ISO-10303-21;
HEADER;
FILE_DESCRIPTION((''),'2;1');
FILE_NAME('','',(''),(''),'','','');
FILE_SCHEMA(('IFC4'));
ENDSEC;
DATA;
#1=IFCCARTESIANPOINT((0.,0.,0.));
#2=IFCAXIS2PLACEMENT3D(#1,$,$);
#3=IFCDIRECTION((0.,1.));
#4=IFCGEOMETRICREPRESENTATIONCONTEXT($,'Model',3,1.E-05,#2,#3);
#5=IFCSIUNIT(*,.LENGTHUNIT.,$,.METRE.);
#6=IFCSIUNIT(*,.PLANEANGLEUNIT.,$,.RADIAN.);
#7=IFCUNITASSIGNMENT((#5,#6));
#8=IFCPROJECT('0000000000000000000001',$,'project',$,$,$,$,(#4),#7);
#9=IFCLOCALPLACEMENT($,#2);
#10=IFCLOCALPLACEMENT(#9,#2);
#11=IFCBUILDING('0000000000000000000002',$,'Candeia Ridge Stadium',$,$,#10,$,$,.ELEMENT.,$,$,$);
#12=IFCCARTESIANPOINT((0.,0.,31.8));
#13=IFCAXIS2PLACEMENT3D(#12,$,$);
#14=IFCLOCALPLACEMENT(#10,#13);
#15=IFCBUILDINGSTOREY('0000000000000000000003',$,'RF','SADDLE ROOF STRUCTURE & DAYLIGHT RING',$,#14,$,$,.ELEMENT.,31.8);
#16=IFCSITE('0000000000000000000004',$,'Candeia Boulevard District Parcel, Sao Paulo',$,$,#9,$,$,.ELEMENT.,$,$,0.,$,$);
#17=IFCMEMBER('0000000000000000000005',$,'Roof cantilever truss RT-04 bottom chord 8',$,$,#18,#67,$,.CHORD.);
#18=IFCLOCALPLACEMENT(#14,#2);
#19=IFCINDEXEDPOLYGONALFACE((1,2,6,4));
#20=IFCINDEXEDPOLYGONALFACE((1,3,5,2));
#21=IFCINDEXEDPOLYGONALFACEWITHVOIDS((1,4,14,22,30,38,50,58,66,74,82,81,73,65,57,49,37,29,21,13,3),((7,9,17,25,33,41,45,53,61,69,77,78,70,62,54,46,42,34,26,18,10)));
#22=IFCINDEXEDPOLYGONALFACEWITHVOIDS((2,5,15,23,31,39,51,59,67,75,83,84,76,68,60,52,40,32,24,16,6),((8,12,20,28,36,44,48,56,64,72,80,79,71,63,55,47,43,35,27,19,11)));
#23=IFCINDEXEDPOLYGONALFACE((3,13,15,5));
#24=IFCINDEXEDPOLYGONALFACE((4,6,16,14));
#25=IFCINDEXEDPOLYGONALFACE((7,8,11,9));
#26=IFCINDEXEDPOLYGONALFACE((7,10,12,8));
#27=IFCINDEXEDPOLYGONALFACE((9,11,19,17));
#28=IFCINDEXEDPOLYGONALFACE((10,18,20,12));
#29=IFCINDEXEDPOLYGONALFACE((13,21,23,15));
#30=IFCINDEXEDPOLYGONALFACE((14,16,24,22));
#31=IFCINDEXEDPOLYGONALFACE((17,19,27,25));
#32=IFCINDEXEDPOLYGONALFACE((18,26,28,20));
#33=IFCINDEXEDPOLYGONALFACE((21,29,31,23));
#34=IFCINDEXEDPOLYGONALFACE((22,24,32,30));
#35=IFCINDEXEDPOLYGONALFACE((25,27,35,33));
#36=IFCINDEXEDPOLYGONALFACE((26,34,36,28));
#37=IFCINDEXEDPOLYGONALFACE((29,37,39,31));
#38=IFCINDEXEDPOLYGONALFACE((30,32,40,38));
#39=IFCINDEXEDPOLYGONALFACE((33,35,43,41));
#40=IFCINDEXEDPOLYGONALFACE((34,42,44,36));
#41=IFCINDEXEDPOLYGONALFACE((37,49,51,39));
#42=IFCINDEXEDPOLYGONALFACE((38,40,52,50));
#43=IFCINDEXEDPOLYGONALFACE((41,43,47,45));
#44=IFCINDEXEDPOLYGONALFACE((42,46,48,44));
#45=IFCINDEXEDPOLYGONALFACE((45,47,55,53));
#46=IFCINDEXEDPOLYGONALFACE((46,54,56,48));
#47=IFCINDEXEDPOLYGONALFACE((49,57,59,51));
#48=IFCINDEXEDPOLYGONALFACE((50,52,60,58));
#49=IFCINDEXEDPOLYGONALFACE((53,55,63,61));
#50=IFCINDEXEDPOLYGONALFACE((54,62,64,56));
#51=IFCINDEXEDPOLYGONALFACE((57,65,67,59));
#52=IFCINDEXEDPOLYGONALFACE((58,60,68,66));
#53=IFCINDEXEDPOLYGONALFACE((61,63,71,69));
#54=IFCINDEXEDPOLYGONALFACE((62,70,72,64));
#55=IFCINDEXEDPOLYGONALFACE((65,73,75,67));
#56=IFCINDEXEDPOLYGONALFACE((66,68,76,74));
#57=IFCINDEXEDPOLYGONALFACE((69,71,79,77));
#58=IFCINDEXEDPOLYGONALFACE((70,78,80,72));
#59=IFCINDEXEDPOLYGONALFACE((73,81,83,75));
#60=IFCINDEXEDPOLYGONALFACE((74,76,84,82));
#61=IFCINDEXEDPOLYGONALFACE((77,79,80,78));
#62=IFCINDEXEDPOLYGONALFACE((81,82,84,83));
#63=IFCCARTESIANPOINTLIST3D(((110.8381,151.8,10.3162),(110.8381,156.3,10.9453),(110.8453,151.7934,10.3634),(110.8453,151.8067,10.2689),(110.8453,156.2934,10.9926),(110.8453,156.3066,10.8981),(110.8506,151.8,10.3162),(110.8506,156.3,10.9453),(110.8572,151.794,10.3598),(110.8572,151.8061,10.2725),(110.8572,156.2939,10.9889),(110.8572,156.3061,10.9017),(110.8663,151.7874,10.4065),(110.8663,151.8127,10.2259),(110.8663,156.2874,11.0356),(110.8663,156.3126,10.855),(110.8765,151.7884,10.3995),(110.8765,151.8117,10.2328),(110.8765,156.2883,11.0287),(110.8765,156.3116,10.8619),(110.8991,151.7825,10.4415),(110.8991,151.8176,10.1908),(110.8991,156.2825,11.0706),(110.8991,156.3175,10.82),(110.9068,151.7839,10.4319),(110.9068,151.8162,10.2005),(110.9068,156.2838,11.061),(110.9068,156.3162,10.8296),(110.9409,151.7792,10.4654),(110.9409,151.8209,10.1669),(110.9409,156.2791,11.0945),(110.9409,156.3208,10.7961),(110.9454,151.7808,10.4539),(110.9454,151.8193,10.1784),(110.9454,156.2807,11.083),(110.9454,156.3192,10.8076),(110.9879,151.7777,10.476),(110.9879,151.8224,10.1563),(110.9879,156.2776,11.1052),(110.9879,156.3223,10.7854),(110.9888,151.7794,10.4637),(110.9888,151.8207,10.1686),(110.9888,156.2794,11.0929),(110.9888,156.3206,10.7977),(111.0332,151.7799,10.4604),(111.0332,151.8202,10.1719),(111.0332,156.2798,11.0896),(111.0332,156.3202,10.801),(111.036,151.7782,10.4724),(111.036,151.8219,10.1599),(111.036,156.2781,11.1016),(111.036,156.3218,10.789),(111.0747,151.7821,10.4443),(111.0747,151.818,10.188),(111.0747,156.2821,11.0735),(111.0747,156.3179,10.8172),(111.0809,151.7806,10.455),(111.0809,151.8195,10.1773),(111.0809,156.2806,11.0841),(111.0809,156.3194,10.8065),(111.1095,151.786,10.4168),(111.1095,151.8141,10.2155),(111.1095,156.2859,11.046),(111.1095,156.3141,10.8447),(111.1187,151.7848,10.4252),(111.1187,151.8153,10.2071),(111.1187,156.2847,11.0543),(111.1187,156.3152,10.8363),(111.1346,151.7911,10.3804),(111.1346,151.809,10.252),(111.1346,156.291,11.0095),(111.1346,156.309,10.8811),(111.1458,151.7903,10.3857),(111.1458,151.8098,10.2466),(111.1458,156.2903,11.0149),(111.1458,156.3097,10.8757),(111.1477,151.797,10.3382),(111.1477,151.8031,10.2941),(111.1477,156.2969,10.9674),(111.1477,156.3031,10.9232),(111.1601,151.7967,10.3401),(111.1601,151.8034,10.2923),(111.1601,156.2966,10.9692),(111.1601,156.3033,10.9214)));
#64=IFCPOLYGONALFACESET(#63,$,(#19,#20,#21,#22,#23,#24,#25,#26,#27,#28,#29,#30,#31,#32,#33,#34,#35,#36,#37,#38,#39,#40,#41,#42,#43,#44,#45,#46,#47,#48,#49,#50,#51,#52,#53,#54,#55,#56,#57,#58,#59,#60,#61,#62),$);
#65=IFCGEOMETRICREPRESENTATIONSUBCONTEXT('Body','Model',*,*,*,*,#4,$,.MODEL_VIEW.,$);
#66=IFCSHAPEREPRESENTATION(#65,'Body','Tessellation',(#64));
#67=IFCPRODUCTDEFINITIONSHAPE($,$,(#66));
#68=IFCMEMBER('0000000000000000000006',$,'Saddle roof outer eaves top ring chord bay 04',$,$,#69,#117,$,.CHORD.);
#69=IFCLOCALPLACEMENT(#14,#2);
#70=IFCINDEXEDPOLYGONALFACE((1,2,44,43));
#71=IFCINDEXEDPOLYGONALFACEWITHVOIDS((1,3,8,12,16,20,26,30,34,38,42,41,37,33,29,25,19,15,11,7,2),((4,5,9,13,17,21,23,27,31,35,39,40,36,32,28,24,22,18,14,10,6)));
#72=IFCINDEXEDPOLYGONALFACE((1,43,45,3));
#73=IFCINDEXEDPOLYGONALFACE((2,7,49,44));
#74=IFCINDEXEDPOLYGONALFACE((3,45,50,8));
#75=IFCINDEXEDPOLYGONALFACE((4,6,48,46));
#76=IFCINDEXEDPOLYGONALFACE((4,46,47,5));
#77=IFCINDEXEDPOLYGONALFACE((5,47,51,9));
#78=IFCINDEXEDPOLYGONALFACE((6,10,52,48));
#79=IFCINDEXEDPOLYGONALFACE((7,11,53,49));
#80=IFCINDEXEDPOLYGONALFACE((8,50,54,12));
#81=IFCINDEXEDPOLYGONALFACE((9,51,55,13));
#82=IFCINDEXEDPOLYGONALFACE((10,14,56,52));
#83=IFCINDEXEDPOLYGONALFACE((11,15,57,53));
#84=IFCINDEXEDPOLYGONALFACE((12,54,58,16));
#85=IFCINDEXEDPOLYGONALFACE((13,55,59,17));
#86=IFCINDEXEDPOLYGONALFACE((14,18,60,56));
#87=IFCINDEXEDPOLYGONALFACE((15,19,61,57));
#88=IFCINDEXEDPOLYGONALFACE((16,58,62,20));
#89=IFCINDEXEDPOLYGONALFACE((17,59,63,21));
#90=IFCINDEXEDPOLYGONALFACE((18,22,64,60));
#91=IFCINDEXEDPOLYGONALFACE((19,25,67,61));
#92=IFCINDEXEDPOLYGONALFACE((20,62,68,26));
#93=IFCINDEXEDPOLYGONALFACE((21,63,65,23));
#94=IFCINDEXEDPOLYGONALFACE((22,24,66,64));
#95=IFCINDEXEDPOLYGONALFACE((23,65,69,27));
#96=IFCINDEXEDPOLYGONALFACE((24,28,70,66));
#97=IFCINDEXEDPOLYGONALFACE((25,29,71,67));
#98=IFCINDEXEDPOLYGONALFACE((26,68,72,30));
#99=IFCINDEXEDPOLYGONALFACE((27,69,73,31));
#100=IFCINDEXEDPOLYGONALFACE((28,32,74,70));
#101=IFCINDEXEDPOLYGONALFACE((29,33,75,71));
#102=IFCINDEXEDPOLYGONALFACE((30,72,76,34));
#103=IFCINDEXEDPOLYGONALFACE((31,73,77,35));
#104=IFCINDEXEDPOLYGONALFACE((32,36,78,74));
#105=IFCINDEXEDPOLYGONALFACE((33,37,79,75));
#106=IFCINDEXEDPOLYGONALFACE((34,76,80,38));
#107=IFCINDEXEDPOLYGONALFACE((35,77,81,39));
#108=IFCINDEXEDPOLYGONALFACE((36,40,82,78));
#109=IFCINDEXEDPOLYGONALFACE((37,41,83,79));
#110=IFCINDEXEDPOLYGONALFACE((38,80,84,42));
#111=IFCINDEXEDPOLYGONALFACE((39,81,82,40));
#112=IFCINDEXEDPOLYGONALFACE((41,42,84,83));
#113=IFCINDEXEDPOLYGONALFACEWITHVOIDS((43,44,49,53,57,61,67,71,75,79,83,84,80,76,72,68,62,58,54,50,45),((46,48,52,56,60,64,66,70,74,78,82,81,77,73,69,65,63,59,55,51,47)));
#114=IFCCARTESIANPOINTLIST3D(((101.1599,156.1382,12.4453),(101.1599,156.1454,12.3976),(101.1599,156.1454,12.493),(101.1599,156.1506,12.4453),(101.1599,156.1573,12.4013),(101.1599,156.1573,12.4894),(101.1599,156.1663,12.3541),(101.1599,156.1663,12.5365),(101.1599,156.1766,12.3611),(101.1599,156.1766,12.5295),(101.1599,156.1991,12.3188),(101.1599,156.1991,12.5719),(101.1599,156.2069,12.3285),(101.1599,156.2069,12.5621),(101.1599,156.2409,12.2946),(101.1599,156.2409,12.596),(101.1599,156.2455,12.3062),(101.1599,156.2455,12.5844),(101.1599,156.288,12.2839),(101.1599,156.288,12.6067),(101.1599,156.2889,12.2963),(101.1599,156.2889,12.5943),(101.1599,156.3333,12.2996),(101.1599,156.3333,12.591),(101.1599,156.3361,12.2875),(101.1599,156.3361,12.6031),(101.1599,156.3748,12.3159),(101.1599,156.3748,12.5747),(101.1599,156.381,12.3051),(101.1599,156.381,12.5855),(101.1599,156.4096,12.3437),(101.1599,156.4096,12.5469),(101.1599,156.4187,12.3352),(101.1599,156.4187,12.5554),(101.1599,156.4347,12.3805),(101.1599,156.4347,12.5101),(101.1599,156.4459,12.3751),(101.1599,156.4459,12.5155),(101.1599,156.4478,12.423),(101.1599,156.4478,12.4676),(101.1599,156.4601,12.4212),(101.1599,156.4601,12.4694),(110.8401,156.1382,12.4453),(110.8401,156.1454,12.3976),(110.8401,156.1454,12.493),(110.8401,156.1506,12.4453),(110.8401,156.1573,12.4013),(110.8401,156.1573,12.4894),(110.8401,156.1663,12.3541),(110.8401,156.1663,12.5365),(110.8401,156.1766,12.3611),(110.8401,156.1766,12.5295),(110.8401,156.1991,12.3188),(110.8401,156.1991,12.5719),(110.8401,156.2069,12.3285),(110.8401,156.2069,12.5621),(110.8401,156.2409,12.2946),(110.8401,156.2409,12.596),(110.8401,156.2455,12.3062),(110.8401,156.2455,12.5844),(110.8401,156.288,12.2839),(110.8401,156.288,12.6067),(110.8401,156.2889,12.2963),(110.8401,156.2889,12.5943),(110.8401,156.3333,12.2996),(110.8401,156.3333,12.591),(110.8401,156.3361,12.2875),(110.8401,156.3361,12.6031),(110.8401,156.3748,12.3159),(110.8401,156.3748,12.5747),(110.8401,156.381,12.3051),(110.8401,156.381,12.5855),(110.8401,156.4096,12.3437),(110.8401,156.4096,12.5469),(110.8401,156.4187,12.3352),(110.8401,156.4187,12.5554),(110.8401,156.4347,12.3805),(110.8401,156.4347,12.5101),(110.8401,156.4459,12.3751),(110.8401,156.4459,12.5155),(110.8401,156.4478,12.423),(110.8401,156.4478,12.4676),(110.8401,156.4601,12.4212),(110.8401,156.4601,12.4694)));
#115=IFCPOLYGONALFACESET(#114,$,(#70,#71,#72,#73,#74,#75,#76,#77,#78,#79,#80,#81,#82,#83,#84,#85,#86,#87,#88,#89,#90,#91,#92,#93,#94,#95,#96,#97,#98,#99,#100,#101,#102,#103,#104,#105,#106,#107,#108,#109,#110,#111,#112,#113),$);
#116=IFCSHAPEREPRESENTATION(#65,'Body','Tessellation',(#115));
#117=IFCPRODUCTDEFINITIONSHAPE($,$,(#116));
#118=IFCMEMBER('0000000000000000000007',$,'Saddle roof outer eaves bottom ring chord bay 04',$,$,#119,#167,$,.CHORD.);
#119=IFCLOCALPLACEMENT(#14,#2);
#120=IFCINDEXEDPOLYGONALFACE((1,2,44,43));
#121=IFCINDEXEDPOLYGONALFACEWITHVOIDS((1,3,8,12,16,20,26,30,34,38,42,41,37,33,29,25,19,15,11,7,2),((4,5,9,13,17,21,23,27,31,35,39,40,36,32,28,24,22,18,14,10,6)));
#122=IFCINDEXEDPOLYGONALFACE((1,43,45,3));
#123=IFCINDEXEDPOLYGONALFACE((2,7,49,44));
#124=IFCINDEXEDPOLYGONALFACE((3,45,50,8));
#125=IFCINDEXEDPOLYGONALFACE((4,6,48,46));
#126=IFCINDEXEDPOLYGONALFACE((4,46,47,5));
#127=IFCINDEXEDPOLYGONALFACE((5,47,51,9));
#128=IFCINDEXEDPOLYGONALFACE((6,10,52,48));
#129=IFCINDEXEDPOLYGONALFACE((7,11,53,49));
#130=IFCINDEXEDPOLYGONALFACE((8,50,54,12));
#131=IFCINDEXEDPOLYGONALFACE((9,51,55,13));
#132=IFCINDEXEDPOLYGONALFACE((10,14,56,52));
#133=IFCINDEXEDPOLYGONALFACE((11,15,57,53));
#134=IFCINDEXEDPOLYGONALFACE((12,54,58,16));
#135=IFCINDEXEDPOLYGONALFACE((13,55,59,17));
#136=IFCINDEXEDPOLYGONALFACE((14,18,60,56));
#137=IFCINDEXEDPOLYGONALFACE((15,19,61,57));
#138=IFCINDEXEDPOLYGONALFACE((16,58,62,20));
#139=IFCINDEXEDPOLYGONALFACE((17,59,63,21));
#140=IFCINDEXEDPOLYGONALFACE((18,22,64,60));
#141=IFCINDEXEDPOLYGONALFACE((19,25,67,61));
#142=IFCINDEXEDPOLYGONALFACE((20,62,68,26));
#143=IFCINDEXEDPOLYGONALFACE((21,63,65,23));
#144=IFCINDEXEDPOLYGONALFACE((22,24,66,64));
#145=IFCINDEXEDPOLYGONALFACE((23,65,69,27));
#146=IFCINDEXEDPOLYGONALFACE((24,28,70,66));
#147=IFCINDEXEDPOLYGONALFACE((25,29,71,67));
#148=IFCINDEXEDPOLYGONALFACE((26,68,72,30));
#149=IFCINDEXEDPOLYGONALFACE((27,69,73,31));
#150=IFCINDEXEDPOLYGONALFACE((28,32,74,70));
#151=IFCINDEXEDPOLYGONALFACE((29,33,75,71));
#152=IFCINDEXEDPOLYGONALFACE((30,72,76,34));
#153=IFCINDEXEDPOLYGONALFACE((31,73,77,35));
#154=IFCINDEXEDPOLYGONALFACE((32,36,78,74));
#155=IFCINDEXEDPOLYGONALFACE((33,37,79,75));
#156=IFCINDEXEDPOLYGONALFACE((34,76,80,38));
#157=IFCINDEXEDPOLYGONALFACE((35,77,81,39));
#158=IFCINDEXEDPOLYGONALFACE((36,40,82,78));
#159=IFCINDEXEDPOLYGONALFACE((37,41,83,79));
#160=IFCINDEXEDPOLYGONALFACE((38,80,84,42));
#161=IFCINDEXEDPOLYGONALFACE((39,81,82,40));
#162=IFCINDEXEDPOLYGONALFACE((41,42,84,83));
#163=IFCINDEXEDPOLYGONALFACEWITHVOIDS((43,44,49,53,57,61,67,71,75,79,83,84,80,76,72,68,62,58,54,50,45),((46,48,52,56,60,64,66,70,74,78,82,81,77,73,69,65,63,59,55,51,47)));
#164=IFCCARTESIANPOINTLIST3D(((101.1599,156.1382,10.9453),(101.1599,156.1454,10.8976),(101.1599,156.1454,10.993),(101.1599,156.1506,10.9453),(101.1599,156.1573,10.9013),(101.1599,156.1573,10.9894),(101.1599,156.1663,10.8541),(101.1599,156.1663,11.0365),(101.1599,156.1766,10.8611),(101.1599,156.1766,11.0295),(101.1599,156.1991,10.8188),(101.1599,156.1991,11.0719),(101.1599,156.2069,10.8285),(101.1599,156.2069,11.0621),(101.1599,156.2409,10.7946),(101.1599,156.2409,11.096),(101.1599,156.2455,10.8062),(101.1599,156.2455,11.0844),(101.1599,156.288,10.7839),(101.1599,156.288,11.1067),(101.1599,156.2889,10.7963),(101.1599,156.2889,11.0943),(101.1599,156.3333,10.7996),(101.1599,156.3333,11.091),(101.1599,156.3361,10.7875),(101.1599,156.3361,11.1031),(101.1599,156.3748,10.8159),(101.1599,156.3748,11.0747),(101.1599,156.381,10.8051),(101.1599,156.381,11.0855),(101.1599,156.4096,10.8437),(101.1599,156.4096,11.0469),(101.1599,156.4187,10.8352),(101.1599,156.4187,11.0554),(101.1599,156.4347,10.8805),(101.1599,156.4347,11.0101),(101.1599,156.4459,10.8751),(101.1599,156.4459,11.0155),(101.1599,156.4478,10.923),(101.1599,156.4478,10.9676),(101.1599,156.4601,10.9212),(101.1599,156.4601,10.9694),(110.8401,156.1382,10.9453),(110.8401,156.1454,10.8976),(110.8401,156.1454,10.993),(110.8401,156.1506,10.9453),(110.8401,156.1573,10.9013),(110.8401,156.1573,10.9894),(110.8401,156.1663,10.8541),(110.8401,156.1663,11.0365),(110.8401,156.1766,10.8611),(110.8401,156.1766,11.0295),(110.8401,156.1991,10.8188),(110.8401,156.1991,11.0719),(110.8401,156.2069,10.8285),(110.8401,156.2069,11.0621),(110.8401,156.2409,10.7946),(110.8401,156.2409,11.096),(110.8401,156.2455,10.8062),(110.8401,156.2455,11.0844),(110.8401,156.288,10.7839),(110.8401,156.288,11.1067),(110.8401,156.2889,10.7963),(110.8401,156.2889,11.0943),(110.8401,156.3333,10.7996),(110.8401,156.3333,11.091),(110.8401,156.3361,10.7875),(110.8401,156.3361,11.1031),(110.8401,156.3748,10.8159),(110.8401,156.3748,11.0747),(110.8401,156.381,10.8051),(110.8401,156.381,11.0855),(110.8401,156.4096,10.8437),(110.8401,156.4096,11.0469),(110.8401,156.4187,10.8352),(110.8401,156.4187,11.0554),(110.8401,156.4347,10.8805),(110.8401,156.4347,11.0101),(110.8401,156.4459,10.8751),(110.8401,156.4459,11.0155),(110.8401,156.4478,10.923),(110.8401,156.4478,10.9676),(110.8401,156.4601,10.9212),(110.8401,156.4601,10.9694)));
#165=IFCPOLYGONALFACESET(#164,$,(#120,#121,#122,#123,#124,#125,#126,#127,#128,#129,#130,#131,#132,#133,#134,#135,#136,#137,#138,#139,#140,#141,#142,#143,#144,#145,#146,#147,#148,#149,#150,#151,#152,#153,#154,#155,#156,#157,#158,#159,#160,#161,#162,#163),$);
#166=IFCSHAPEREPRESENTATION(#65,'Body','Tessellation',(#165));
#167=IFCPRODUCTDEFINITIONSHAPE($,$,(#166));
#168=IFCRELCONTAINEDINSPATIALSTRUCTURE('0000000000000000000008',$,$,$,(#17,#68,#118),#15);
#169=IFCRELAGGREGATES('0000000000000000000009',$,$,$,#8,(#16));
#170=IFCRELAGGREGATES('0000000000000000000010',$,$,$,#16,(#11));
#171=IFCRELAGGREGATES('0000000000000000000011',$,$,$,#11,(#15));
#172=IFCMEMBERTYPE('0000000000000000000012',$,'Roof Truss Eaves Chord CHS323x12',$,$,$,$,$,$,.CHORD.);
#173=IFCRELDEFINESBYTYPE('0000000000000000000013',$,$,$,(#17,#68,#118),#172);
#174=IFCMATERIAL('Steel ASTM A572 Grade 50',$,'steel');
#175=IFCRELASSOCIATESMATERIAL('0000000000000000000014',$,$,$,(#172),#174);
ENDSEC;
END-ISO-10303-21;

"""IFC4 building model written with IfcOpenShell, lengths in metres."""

from ifc_helpers import new_model, si_unit, direction, frame, origin, origin_2d, place, context, subcontext, project, spatial, hollow_circle, extrude, material, material_profile, profile_set, type_object, element, save


model = new_model("IFC4")

# Units and contexts
model_context = context("Model", 3, precision=1e-05, world=origin(), true_north=direction((0.0, 1.0)))
body_context = subcontext(model_context, "Body", "Model", "MODEL_VIEW")
ifc_project = project(units=[si_unit("LENGTHUNIT", "METRE"), si_unit("PLANEANGLEUNIT", "RADIAN")], contexts=[model_context])

# Site, building, storey
site_placement = place(None, origin())
site = spatial("IfcSite", under=ifc_project, at=site_placement, Name="Candeia Boulevard District Parcel, Sao Paulo", CompositionType="ELEMENT", RefElevation=0.0)
building_placement = place(site_placement, origin())
building = spatial("IfcBuilding", under=site, at=building_placement, Name="Candeia Ridge Stadium", CompositionType="ELEMENT")
storey_placement = place(building_placement, frame((0.0, 0.0, 31.8)))
storey = spatial("IfcBuildingStorey", under=building, at=storey_placement, Name="RF", Description="SADDLE ROOF STRUCTURE & DAYLIGHT RING", CompositionType="ELEMENT", Elevation=31.8)

# Shared definitions
ifc_material_1 = material(Name="Steel ASTM A572 Grade 50", Category="steel")

# Members
ifc_material_profile_1 = material_profile(ifc_material_1, hollow_circle(Radius=0.1619, WallThickness=0.0125, at=origin_2d()), Name="CHS323x12", Category="steel")
ifc_profile_set_1 = profile_set([ifc_material_profile_1], Name="Steel ASTM A572 Grade 50")
member_type_1 = type_object("IfcMemberType", Name="Roof Truss Eaves Chord CHS323x12", PredefinedType="CHORD", material=ifc_profile_set_1)
member_1_placement = place(storey_placement, frame((111.0, 151.8, 10.3162), z_axis=(0.0, 0.990367, 0.138464), x_axis=(-1.0, 0.0, 0.0)))
element("IfcMember", 1, at=member_1_placement, inside=storey, type_object=member_type_1, Name="Roof cantilever truss RT-04 bottom chord 8", PredefinedType="CHORD", context=body_context, shape_type="SweptSolid", body=[
    extrude(hollow_circle(Radius=0.1619, WallThickness=0.0125, at=origin_2d()), origin(), (0.0, 0.0, 1.0), 4.5437),
])
for number, where, z_axis, x_axis, name in (
    (2, (110.8401, 156.3, 12.4453), (-1.0, 0.0, 0.0), (0.0, -1.0, 0.0), "Saddle roof outer eaves top ring chord bay 04"),
    (3, (110.8401, 156.3, 10.9453), (-1.0, 0.0, 0.0), (0.0, -1.0, 0.0), "Saddle roof outer eaves bottom ring chord bay 04"),
):
    element("IfcMember", number, at=place(storey_placement, frame(where, z_axis=z_axis, x_axis=x_axis)), inside=storey, type_object=member_type_1, Name=name, PredefinedType="CHORD", context=body_context, shape_type="SweptSolid", body=[
        extrude(hollow_circle(Radius=0.1619, WallThickness=0.0125, at=origin_2d()), origin(), (0.0, 0.0, 1.0), 9.6802),
    ])

save(model, "model.ifc")
